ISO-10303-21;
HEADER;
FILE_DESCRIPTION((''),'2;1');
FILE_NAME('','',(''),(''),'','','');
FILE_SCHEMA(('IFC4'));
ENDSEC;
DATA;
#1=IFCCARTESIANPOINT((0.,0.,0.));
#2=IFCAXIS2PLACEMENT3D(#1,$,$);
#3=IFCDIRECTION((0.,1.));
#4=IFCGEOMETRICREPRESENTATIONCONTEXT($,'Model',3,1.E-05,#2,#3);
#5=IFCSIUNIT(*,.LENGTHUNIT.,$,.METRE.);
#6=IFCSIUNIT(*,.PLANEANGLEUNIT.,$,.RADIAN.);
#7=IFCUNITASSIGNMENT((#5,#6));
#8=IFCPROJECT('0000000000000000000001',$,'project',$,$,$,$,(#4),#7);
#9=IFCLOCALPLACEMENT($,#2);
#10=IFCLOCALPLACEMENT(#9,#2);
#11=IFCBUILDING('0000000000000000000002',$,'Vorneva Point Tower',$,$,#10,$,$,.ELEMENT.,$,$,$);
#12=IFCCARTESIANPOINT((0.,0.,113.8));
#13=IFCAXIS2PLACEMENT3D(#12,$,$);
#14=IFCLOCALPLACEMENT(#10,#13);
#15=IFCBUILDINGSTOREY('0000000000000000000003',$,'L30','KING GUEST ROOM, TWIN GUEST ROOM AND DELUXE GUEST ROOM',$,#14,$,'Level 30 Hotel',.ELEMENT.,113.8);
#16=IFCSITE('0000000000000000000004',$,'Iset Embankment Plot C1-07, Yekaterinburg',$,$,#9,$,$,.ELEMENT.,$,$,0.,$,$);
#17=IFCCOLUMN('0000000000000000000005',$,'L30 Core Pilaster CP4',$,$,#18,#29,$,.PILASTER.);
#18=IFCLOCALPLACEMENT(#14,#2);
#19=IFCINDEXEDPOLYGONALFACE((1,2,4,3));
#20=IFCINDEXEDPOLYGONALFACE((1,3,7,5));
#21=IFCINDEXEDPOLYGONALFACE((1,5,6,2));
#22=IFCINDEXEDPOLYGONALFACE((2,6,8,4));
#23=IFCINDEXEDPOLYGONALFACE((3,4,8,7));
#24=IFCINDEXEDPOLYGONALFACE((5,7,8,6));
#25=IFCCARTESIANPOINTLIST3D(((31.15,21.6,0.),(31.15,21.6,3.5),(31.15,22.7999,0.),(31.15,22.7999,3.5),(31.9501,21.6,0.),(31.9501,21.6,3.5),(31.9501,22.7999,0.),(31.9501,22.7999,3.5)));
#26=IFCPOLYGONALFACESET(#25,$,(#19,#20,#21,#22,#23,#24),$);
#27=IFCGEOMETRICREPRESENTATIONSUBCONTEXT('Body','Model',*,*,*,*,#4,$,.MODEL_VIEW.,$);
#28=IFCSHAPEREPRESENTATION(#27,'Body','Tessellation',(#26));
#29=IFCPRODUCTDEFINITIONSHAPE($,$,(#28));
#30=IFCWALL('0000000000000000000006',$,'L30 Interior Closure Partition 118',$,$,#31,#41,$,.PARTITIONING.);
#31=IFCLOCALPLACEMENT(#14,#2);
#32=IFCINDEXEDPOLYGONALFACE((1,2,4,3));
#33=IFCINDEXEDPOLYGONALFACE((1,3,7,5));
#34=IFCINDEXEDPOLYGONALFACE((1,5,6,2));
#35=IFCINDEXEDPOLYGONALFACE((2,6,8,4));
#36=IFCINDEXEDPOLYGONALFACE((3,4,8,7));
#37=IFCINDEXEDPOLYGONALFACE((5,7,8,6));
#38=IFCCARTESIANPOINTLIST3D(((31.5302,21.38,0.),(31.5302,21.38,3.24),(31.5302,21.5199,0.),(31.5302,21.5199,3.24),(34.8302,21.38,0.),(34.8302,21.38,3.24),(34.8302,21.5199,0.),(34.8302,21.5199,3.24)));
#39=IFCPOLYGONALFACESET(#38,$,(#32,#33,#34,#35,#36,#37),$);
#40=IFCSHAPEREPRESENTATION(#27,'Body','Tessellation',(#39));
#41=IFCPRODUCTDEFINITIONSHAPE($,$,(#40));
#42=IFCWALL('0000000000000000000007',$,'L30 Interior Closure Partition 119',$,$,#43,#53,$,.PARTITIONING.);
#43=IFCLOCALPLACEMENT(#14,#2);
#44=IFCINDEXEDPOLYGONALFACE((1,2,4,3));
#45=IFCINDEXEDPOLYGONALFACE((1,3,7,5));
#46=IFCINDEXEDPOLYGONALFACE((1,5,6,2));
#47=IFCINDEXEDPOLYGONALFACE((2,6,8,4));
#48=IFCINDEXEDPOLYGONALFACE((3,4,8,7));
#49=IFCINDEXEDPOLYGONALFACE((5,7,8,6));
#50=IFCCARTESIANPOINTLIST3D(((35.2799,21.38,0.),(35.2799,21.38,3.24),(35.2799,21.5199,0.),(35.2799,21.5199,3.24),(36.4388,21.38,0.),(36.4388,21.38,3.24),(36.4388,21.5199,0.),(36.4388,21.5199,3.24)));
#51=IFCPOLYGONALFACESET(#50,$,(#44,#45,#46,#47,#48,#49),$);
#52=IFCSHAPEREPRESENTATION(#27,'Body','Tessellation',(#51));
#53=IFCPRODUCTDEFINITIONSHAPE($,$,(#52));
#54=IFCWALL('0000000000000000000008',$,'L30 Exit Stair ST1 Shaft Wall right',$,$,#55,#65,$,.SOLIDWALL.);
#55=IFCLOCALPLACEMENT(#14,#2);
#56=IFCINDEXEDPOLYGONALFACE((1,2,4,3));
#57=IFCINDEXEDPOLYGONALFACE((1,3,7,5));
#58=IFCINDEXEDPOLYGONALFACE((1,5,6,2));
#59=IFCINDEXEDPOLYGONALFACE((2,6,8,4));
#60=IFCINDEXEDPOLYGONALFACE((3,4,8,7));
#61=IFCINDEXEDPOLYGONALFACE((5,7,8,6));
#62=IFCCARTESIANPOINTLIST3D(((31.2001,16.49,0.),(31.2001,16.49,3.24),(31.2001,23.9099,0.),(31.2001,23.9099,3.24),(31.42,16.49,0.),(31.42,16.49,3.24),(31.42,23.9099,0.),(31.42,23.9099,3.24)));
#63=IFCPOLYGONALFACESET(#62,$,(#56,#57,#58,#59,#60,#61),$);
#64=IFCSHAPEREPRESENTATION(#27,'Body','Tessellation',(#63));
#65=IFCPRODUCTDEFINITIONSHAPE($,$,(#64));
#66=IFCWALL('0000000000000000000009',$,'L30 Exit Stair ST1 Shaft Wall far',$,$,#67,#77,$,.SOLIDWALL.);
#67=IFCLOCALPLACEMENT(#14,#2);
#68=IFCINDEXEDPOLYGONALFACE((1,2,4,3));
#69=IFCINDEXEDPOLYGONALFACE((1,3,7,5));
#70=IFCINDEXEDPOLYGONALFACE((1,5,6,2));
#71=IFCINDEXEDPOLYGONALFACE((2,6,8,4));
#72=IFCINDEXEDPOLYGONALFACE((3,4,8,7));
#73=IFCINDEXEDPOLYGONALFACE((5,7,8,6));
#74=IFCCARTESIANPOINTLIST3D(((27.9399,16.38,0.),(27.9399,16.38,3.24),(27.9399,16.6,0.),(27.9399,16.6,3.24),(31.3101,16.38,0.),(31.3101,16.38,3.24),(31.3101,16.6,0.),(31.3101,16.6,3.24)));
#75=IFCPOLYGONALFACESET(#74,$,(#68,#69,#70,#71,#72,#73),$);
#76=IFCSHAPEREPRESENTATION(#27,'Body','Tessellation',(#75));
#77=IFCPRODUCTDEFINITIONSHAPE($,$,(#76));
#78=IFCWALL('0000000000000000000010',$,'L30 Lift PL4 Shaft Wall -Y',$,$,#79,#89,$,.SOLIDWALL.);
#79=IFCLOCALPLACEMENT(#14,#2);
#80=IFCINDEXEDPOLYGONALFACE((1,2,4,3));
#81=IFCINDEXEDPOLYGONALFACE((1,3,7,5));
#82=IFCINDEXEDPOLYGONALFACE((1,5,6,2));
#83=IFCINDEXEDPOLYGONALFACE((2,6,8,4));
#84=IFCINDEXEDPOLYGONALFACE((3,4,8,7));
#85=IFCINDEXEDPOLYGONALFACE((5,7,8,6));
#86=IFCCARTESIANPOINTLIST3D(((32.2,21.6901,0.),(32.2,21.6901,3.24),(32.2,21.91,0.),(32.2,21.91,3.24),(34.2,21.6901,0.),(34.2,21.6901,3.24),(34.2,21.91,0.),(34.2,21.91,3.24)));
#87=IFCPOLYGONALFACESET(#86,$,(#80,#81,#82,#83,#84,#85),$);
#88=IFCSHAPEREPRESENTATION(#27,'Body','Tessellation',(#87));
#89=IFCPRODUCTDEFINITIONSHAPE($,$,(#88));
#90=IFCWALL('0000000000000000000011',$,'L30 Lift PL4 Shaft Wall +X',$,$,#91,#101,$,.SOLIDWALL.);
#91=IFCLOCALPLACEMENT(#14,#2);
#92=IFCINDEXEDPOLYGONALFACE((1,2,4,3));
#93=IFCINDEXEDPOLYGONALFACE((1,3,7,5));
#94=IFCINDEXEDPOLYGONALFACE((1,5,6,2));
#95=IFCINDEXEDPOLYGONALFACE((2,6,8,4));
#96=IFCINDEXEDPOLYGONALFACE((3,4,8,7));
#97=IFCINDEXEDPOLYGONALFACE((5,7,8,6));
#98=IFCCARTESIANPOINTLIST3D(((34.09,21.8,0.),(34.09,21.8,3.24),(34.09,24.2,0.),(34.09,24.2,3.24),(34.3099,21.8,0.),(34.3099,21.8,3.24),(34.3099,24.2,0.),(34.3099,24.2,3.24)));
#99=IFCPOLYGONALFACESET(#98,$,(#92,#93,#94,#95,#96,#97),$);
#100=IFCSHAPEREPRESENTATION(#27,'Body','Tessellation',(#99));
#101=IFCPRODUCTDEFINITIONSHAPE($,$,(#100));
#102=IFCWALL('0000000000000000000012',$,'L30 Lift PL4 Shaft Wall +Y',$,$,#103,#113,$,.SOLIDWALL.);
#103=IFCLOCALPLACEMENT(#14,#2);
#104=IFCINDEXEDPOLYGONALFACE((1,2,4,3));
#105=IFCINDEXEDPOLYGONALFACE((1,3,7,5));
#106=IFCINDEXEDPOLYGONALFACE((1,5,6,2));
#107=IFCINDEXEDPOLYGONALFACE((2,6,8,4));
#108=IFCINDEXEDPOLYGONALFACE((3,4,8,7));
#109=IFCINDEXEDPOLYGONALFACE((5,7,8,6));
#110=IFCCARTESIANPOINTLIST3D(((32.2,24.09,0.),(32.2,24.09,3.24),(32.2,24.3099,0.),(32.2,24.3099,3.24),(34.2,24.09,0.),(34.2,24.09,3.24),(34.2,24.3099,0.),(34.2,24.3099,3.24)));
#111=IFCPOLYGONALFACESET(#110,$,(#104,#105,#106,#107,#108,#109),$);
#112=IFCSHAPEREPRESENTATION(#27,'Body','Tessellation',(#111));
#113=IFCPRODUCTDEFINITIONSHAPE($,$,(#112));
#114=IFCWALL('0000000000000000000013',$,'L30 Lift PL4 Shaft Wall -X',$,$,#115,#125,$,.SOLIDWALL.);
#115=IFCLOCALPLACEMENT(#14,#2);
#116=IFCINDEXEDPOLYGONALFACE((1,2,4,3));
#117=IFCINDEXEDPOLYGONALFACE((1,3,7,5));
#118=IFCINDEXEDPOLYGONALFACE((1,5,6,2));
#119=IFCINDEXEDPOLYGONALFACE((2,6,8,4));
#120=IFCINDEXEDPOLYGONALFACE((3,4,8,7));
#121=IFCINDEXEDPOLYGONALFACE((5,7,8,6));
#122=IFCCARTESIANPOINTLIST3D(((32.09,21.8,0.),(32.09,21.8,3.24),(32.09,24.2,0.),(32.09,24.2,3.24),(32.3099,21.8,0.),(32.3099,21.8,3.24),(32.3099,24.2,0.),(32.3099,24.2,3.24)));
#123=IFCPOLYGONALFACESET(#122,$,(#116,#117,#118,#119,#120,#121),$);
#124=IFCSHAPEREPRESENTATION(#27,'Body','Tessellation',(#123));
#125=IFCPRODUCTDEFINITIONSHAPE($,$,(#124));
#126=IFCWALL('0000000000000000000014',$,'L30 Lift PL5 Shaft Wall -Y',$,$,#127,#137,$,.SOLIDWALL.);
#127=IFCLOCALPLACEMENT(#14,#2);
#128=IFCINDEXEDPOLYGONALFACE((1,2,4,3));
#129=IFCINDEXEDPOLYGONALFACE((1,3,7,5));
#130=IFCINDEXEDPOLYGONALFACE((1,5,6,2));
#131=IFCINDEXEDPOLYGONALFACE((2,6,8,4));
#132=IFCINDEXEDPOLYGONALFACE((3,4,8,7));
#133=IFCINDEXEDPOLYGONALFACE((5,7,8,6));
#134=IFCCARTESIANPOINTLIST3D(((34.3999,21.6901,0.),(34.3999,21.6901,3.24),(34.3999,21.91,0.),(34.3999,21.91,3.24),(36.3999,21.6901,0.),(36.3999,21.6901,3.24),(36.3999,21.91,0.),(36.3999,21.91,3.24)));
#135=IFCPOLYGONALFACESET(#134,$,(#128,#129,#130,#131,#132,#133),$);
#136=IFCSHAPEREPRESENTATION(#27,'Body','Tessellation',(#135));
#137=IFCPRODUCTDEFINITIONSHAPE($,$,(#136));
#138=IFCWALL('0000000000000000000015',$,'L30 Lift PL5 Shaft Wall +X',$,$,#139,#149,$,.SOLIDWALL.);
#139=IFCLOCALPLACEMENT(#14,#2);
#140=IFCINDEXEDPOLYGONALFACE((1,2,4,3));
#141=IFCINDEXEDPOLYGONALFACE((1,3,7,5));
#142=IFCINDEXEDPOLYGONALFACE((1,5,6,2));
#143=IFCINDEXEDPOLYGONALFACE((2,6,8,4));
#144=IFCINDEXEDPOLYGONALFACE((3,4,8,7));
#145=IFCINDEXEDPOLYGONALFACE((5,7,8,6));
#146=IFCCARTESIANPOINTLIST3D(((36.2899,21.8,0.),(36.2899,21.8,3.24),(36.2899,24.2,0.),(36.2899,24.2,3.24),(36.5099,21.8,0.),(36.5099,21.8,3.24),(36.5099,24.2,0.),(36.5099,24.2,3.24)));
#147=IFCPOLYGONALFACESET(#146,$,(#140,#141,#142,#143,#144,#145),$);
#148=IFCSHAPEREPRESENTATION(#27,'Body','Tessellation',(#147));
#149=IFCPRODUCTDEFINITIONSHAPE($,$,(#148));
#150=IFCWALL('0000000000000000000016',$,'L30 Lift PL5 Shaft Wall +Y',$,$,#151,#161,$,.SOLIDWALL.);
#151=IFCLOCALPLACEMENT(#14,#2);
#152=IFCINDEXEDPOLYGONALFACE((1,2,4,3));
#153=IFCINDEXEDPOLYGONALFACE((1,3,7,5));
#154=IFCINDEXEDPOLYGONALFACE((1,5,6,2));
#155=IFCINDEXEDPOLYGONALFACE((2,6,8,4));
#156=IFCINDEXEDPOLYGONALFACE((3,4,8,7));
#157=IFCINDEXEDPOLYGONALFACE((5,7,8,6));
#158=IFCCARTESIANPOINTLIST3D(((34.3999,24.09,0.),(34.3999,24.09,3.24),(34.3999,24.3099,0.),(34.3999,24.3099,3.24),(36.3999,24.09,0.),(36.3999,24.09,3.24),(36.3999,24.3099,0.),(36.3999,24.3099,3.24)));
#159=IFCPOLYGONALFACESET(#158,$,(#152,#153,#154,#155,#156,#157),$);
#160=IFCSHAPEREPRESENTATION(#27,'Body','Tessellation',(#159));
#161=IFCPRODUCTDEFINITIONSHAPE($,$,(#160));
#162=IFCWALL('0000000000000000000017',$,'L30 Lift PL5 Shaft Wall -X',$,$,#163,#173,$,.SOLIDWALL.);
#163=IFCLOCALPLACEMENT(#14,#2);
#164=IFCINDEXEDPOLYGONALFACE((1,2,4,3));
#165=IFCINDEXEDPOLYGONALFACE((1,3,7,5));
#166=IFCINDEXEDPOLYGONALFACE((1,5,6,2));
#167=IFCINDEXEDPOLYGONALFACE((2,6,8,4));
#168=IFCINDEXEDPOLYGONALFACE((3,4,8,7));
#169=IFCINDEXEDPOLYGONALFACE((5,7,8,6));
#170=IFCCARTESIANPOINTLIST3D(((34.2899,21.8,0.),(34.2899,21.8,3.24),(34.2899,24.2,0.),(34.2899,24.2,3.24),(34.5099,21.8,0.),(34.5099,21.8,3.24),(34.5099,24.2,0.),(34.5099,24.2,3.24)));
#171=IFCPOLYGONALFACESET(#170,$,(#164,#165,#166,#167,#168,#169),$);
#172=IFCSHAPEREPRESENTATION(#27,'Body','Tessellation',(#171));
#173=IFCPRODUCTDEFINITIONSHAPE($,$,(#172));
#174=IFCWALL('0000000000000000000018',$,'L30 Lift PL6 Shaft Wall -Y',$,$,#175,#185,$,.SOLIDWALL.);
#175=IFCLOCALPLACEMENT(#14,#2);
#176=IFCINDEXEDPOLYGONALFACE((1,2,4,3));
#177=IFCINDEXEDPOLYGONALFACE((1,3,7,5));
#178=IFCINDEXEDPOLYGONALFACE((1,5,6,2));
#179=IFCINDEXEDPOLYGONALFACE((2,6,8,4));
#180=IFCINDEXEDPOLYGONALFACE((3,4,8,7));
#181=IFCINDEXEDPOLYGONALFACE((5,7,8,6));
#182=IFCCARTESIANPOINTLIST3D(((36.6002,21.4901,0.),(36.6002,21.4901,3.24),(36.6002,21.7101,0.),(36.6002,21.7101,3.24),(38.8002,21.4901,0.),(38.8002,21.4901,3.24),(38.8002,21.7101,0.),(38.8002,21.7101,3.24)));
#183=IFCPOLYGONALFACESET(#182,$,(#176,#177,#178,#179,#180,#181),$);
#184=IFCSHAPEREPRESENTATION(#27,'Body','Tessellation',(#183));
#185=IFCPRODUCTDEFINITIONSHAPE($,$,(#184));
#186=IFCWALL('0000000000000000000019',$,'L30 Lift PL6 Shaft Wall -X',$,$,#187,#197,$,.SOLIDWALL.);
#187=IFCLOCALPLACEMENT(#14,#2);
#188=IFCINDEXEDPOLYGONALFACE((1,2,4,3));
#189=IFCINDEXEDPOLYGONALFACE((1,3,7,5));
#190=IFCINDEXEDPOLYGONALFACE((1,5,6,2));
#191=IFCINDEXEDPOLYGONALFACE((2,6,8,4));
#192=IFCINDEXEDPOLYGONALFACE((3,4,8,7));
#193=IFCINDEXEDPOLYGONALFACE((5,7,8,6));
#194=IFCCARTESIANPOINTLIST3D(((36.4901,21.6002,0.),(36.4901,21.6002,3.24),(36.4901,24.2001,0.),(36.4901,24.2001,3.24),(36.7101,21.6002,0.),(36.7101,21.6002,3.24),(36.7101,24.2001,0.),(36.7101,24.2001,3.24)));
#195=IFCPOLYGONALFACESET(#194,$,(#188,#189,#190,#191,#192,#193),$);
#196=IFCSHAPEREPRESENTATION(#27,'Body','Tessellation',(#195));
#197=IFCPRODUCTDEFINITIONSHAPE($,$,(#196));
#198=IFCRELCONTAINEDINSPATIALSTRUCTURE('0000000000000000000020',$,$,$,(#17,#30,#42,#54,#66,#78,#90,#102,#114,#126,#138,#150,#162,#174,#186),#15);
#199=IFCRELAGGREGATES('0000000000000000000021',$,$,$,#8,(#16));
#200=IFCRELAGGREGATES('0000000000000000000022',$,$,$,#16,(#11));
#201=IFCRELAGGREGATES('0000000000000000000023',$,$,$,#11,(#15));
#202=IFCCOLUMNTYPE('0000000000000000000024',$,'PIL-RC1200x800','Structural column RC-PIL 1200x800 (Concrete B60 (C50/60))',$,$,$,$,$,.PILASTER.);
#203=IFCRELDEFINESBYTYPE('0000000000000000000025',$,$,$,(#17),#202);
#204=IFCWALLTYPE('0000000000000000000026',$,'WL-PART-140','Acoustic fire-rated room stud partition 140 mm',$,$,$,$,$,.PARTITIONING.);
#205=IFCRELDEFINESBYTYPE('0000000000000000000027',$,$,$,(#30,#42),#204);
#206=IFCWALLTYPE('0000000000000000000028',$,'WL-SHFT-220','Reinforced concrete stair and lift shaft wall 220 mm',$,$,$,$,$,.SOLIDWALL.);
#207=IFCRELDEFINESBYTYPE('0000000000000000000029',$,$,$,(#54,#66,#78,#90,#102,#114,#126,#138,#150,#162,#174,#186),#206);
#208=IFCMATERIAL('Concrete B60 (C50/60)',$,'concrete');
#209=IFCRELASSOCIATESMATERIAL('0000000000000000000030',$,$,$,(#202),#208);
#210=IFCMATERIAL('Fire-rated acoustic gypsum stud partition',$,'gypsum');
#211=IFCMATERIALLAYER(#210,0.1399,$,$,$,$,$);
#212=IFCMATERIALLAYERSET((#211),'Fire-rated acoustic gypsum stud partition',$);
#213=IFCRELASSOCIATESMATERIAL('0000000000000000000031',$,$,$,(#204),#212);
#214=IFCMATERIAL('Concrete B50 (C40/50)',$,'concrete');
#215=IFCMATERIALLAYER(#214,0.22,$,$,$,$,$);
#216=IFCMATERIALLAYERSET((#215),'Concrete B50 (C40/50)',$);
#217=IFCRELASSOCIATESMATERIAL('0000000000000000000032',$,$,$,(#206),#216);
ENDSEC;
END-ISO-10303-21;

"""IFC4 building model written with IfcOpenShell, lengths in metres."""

from ifc_helpers import new_model, si_unit, direction, frame, frame_2d, origin, origin_2d, place, context, subcontext, project, spatial, rectangle, extrude, material, layer, layer_set, material_profile, profile_set, type_object, element, save


model = new_model("IFC4")

# Units and contexts
model_context = context("Model", 3, precision=1e-05, world=origin(), true_north=direction((0.0, 1.0)))
body_context = subcontext(model_context, "Body", "Model", "MODEL_VIEW")
ifc_project = project(units=[si_unit("LENGTHUNIT", "METRE"), si_unit("PLANEANGLEUNIT", "RADIAN")], contexts=[model_context])

# Site, building, storey
site_placement = place(None, origin())
site = spatial("IfcSite", under=ifc_project, at=site_placement, Name="Iset Embankment Plot C1-07, Yekaterinburg", CompositionType="ELEMENT", RefElevation=0.0)
building_placement = place(site_placement, origin())
building = spatial("IfcBuilding", under=site, at=building_placement, Name="Vorneva Point Tower", CompositionType="ELEMENT")
storey_placement = place(building_placement, frame((0.0, 0.0, 113.8)))
storey = spatial("IfcBuildingStorey", under=building, at=storey_placement, Name="L30", Description="KING GUEST ROOM, TWIN GUEST ROOM AND DELUXE GUEST ROOM", LongName="Level 30 Hotel", CompositionType="ELEMENT", Elevation=113.8)

# Column
ifc_material_1 = material(Name="Concrete B60 (C50/60)", Category="concrete")
ifc_material_profile = material_profile(ifc_material_1, rectangle(XDim=0.8, YDim=1.2, at=origin_2d()), Name="RC-PIL 1200x800")
ifc_profile_set = profile_set([ifc_material_profile], Name="Concrete B60 (C50/60)")
column_type = type_object("IfcColumnType", Name="PIL-RC1200x800", Description="Structural column RC-PIL 1200x800 (Concrete B60 (C50/60))", PredefinedType="PILASTER", material=ifc_profile_set)
column_placement = place(storey_placement, frame((31.55, 22.2, 0.0), z_axis=(0.0, 0.0, 1.0), x_axis=(1.0, 0.0, 0.0)))
element("IfcColumn", 1, at=column_placement, inside=storey, type_object=column_type, Name="L30 Core Pilaster CP4", PredefinedType="PILASTER", context=body_context, shape_type="SweptSolid", body=[
    extrude(rectangle(XDim=0.8, YDim=1.2, at=origin_2d()), origin(), (0.0, 0.0, 1.0), 3.5),
])

# Walls
ifc_material_2 = material(Name="Fire-rated acoustic gypsum stud partition", Category="gypsum")
ifc_layer_1 = layer(ifc_material_2, 0.1399)
ifc_layer_set_1 = layer_set([ifc_layer_1], Name="Fire-rated acoustic gypsum stud partition")
wall_type_1 = type_object("IfcWallType", Name="WL-PART-140", Description="Acoustic fire-rated room stud partition 140 mm", PredefinedType="PARTITIONING", material=ifc_layer_set_1)
wall_1_placement = place(storey_placement, frame((34.8301, 21.45, 0.0), z_axis=(0.0, 0.0, 1.0), x_axis=(-1.0, 0.0, 0.0)))
element("IfcWall", 2, at=wall_1_placement, inside=storey, type_object=wall_type_1, Name="L30 Interior Closure Partition 118", PredefinedType="PARTITIONING", context=body_context, shape_type="SweptSolid", body=[
    extrude(rectangle(XDim=3.3, YDim=0.1399, at=frame_2d((1.6499, 0.0))), origin(), (0.0, 0.0, 1.0), 3.24),
])
wall_2_placement = place(storey_placement, frame((36.439, 21.45, 0.0), z_axis=(0.0, 0.0, 1.0), x_axis=(-1.0, 0.0, 0.0)))
element("IfcWall", 3, at=wall_2_placement, inside=storey, type_object=wall_type_1, Name="L30 Interior Closure Partition 119", PredefinedType="PARTITIONING", context=body_context, shape_type="SweptSolid", body=[
    extrude(rectangle(XDim=1.1589, YDim=0.1399, at=frame_2d((0.5796, 0.0))), origin(), (0.0, 0.0, 1.0), 3.24),
])

# Walls
ifc_material_3 = material(Name="Concrete B50 (C40/50)", Category="concrete")
ifc_layer_2 = layer(ifc_material_3, 0.22)
ifc_layer_set_2 = layer_set([ifc_layer_2], Name="Concrete B50 (C40/50)")
wall_type_2 = type_object("IfcWallType", Name="WL-SHFT-220", Description="Reinforced concrete stair and lift shaft wall 220 mm", PredefinedType="SOLIDWALL", material=ifc_layer_set_2)
wall_3_placement = place(storey_placement, frame((31.3101, 23.9099, 0.0), z_axis=(0.0, 0.0, 1.0), x_axis=(0.0, -1.0, 0.0)))
element("IfcWall", 4, at=wall_3_placement, inside=storey, type_object=wall_type_2, Name="L30 Exit Stair ST1 Shaft Wall right", PredefinedType="SOLIDWALL", context=body_context, shape_type="SweptSolid", body=[
    extrude(rectangle(XDim=7.4199, YDim=0.22, at=frame_2d((3.71, 0.0))), origin(), (0.0, 0.0, 1.0), 3.24),
])
wall_4_placement = place(storey_placement, frame((31.3101, 16.49, 0.0), z_axis=(0.0, 0.0, 1.0), x_axis=(-1.0, 0.0, 0.0)))
element("IfcWall", 5, at=wall_4_placement, inside=storey, type_object=wall_type_2, Name="L30 Exit Stair ST1 Shaft Wall far", PredefinedType="SOLIDWALL", context=body_context, shape_type="SweptSolid", body=[
    extrude(rectangle(XDim=3.3701, YDim=0.22, at=frame_2d((1.6851, 0.0))), origin(), (0.0, 0.0, 1.0), 3.24),
])
wall_5_placement = place(storey_placement, frame((32.2, 21.8, 0.0), z_axis=(0.0, 0.0, 1.0), x_axis=(1.0, 0.0, 0.0)))
element("IfcWall", 6, at=wall_5_placement, inside=storey, type_object=wall_type_2, Name="L30 Lift PL4 Shaft Wall -Y", PredefinedType="SOLIDWALL", context=body_context, shape_type="SweptSolid", body=[
    extrude(rectangle(XDim=2.0, YDim=0.22, at=frame_2d((1.0, 0.0))), origin(), (0.0, 0.0, 1.0), 3.24),
])
wall_6_placement = place(storey_placement, frame((34.2, 21.8, 0.0), z_axis=(0.0, 0.0, 1.0), x_axis=(0.0, 1.0, 0.0)))
element("IfcWall", 7, at=wall_6_placement, inside=storey, type_object=wall_type_2, Name="L30 Lift PL4 Shaft Wall +X", PredefinedType="SOLIDWALL", context=body_context, shape_type="SweptSolid", body=[
    extrude(rectangle(XDim=2.3999, YDim=0.22, at=frame_2d((1.2, 0.0))), origin(), (0.0, 0.0, 1.0), 3.24),
])
wall_7_placement = place(storey_placement, frame((34.2, 24.2, 0.0), z_axis=(0.0, 0.0, 1.0), x_axis=(-1.0, 0.0, 0.0)))
element("IfcWall", 8, at=wall_7_placement, inside=storey, type_object=wall_type_2, Name="L30 Lift PL4 Shaft Wall +Y", PredefinedType="SOLIDWALL", context=body_context, shape_type="SweptSolid", body=[
    extrude(rectangle(XDim=2.0, YDim=0.22, at=frame_2d((1.0, 0.0))), origin(), (0.0, 0.0, 1.0), 3.24),
])
wall_8_placement = place(storey_placement, frame((32.2, 24.2, 0.0), z_axis=(0.0, 0.0, 1.0), x_axis=(0.0, -1.0, 0.0)))
element("IfcWall", 9, at=wall_8_placement, inside=storey, type_object=wall_type_2, Name="L30 Lift PL4 Shaft Wall -X", PredefinedType="SOLIDWALL", context=body_context, shape_type="SweptSolid", body=[
    extrude(rectangle(XDim=2.3999, YDim=0.22, at=frame_2d((1.2, 0.0))), origin(), (0.0, 0.0, 1.0), 3.24),
])
wall_9_placement = place(storey_placement, frame((34.3999, 21.8, 0.0), z_axis=(0.0, 0.0, 1.0), x_axis=(1.0, 0.0, 0.0)))
element("IfcWall", 10, at=wall_9_placement, inside=storey, type_object=wall_type_2, Name="L30 Lift PL5 Shaft Wall -Y", PredefinedType="SOLIDWALL", context=body_context, shape_type="SweptSolid", body=[
    extrude(rectangle(XDim=2.0, YDim=0.22, at=frame_2d((1.0, 0.0))), origin(), (0.0, 0.0, 1.0), 3.24),
])
wall_10_placement = place(storey_placement, frame((36.3999, 21.8, 0.0), z_axis=(0.0, 0.0, 1.0), x_axis=(0.0, 1.0, 0.0)))
element("IfcWall", 11, at=wall_10_placement, inside=storey, type_object=wall_type_2, Name="L30 Lift PL5 Shaft Wall +X", PredefinedType="SOLIDWALL", context=body_context, shape_type="SweptSolid", body=[
    extrude(rectangle(XDim=2.3999, YDim=0.22, at=frame_2d((1.2, 0.0))), origin(), (0.0, 0.0, 1.0), 3.24),
])
wall_11_placement = place(storey_placement, frame((36.3999, 24.2, 0.0), z_axis=(0.0, 0.0, 1.0), x_axis=(-1.0, 0.0, 0.0)))
element("IfcWall", 12, at=wall_11_placement, inside=storey, type_object=wall_type_2, Name="L30 Lift PL5 Shaft Wall +Y", PredefinedType="SOLIDWALL", context=body_context, shape_type="SweptSolid", body=[
    extrude(rectangle(XDim=2.0, YDim=0.22, at=frame_2d((1.0, 0.0))), origin(), (0.0, 0.0, 1.0), 3.24),
])
wall_12_placement = place(storey_placement, frame((34.3999, 24.2, 0.0), z_axis=(0.0, 0.0, 1.0), x_axis=(0.0, -1.0, 0.0)))
element("IfcWall", 13, at=wall_12_placement, inside=storey, type_object=wall_type_2, Name="L30 Lift PL5 Shaft Wall -X", PredefinedType="SOLIDWALL", context=body_context, shape_type="SweptSolid", body=[
    extrude(rectangle(XDim=2.3999, YDim=0.22, at=frame_2d((1.2, 0.0))), origin(), (0.0, 0.0, 1.0), 3.24),
])
wall_13_placement = place(storey_placement, frame((36.6001, 21.6001, 0.0), z_axis=(0.0, 0.0, 1.0), x_axis=(1.0, 0.0, 0.0)))
element("IfcWall", 14, at=wall_13_placement, inside=storey, type_object=wall_type_2, Name="L30 Lift PL6 Shaft Wall -Y", PredefinedType="SOLIDWALL", context=body_context, shape_type="SweptSolid", body=[
    extrude(rectangle(XDim=2.2, YDim=0.22, at=frame_2d((1.1001, 0.0))), origin(), (0.0, 0.0, 1.0), 3.24),
])
wall_14_placement = place(storey_placement, frame((36.6001, 24.2, 0.0), z_axis=(0.0, 0.0, 1.0), x_axis=(0.0, -1.0, 0.0)))
element("IfcWall", 15, at=wall_14_placement, inside=storey, type_object=wall_type_2, Name="L30 Lift PL6 Shaft Wall -X", PredefinedType="SOLIDWALL", context=body_context, shape_type="SweptSolid", body=[
    extrude(rectangle(XDim=2.5999, YDim=0.22, at=frame_2d((1.2998, 0.0))), origin(), (0.0, 0.0, 1.0), 3.24),
])

save(model, "model.ifc")
